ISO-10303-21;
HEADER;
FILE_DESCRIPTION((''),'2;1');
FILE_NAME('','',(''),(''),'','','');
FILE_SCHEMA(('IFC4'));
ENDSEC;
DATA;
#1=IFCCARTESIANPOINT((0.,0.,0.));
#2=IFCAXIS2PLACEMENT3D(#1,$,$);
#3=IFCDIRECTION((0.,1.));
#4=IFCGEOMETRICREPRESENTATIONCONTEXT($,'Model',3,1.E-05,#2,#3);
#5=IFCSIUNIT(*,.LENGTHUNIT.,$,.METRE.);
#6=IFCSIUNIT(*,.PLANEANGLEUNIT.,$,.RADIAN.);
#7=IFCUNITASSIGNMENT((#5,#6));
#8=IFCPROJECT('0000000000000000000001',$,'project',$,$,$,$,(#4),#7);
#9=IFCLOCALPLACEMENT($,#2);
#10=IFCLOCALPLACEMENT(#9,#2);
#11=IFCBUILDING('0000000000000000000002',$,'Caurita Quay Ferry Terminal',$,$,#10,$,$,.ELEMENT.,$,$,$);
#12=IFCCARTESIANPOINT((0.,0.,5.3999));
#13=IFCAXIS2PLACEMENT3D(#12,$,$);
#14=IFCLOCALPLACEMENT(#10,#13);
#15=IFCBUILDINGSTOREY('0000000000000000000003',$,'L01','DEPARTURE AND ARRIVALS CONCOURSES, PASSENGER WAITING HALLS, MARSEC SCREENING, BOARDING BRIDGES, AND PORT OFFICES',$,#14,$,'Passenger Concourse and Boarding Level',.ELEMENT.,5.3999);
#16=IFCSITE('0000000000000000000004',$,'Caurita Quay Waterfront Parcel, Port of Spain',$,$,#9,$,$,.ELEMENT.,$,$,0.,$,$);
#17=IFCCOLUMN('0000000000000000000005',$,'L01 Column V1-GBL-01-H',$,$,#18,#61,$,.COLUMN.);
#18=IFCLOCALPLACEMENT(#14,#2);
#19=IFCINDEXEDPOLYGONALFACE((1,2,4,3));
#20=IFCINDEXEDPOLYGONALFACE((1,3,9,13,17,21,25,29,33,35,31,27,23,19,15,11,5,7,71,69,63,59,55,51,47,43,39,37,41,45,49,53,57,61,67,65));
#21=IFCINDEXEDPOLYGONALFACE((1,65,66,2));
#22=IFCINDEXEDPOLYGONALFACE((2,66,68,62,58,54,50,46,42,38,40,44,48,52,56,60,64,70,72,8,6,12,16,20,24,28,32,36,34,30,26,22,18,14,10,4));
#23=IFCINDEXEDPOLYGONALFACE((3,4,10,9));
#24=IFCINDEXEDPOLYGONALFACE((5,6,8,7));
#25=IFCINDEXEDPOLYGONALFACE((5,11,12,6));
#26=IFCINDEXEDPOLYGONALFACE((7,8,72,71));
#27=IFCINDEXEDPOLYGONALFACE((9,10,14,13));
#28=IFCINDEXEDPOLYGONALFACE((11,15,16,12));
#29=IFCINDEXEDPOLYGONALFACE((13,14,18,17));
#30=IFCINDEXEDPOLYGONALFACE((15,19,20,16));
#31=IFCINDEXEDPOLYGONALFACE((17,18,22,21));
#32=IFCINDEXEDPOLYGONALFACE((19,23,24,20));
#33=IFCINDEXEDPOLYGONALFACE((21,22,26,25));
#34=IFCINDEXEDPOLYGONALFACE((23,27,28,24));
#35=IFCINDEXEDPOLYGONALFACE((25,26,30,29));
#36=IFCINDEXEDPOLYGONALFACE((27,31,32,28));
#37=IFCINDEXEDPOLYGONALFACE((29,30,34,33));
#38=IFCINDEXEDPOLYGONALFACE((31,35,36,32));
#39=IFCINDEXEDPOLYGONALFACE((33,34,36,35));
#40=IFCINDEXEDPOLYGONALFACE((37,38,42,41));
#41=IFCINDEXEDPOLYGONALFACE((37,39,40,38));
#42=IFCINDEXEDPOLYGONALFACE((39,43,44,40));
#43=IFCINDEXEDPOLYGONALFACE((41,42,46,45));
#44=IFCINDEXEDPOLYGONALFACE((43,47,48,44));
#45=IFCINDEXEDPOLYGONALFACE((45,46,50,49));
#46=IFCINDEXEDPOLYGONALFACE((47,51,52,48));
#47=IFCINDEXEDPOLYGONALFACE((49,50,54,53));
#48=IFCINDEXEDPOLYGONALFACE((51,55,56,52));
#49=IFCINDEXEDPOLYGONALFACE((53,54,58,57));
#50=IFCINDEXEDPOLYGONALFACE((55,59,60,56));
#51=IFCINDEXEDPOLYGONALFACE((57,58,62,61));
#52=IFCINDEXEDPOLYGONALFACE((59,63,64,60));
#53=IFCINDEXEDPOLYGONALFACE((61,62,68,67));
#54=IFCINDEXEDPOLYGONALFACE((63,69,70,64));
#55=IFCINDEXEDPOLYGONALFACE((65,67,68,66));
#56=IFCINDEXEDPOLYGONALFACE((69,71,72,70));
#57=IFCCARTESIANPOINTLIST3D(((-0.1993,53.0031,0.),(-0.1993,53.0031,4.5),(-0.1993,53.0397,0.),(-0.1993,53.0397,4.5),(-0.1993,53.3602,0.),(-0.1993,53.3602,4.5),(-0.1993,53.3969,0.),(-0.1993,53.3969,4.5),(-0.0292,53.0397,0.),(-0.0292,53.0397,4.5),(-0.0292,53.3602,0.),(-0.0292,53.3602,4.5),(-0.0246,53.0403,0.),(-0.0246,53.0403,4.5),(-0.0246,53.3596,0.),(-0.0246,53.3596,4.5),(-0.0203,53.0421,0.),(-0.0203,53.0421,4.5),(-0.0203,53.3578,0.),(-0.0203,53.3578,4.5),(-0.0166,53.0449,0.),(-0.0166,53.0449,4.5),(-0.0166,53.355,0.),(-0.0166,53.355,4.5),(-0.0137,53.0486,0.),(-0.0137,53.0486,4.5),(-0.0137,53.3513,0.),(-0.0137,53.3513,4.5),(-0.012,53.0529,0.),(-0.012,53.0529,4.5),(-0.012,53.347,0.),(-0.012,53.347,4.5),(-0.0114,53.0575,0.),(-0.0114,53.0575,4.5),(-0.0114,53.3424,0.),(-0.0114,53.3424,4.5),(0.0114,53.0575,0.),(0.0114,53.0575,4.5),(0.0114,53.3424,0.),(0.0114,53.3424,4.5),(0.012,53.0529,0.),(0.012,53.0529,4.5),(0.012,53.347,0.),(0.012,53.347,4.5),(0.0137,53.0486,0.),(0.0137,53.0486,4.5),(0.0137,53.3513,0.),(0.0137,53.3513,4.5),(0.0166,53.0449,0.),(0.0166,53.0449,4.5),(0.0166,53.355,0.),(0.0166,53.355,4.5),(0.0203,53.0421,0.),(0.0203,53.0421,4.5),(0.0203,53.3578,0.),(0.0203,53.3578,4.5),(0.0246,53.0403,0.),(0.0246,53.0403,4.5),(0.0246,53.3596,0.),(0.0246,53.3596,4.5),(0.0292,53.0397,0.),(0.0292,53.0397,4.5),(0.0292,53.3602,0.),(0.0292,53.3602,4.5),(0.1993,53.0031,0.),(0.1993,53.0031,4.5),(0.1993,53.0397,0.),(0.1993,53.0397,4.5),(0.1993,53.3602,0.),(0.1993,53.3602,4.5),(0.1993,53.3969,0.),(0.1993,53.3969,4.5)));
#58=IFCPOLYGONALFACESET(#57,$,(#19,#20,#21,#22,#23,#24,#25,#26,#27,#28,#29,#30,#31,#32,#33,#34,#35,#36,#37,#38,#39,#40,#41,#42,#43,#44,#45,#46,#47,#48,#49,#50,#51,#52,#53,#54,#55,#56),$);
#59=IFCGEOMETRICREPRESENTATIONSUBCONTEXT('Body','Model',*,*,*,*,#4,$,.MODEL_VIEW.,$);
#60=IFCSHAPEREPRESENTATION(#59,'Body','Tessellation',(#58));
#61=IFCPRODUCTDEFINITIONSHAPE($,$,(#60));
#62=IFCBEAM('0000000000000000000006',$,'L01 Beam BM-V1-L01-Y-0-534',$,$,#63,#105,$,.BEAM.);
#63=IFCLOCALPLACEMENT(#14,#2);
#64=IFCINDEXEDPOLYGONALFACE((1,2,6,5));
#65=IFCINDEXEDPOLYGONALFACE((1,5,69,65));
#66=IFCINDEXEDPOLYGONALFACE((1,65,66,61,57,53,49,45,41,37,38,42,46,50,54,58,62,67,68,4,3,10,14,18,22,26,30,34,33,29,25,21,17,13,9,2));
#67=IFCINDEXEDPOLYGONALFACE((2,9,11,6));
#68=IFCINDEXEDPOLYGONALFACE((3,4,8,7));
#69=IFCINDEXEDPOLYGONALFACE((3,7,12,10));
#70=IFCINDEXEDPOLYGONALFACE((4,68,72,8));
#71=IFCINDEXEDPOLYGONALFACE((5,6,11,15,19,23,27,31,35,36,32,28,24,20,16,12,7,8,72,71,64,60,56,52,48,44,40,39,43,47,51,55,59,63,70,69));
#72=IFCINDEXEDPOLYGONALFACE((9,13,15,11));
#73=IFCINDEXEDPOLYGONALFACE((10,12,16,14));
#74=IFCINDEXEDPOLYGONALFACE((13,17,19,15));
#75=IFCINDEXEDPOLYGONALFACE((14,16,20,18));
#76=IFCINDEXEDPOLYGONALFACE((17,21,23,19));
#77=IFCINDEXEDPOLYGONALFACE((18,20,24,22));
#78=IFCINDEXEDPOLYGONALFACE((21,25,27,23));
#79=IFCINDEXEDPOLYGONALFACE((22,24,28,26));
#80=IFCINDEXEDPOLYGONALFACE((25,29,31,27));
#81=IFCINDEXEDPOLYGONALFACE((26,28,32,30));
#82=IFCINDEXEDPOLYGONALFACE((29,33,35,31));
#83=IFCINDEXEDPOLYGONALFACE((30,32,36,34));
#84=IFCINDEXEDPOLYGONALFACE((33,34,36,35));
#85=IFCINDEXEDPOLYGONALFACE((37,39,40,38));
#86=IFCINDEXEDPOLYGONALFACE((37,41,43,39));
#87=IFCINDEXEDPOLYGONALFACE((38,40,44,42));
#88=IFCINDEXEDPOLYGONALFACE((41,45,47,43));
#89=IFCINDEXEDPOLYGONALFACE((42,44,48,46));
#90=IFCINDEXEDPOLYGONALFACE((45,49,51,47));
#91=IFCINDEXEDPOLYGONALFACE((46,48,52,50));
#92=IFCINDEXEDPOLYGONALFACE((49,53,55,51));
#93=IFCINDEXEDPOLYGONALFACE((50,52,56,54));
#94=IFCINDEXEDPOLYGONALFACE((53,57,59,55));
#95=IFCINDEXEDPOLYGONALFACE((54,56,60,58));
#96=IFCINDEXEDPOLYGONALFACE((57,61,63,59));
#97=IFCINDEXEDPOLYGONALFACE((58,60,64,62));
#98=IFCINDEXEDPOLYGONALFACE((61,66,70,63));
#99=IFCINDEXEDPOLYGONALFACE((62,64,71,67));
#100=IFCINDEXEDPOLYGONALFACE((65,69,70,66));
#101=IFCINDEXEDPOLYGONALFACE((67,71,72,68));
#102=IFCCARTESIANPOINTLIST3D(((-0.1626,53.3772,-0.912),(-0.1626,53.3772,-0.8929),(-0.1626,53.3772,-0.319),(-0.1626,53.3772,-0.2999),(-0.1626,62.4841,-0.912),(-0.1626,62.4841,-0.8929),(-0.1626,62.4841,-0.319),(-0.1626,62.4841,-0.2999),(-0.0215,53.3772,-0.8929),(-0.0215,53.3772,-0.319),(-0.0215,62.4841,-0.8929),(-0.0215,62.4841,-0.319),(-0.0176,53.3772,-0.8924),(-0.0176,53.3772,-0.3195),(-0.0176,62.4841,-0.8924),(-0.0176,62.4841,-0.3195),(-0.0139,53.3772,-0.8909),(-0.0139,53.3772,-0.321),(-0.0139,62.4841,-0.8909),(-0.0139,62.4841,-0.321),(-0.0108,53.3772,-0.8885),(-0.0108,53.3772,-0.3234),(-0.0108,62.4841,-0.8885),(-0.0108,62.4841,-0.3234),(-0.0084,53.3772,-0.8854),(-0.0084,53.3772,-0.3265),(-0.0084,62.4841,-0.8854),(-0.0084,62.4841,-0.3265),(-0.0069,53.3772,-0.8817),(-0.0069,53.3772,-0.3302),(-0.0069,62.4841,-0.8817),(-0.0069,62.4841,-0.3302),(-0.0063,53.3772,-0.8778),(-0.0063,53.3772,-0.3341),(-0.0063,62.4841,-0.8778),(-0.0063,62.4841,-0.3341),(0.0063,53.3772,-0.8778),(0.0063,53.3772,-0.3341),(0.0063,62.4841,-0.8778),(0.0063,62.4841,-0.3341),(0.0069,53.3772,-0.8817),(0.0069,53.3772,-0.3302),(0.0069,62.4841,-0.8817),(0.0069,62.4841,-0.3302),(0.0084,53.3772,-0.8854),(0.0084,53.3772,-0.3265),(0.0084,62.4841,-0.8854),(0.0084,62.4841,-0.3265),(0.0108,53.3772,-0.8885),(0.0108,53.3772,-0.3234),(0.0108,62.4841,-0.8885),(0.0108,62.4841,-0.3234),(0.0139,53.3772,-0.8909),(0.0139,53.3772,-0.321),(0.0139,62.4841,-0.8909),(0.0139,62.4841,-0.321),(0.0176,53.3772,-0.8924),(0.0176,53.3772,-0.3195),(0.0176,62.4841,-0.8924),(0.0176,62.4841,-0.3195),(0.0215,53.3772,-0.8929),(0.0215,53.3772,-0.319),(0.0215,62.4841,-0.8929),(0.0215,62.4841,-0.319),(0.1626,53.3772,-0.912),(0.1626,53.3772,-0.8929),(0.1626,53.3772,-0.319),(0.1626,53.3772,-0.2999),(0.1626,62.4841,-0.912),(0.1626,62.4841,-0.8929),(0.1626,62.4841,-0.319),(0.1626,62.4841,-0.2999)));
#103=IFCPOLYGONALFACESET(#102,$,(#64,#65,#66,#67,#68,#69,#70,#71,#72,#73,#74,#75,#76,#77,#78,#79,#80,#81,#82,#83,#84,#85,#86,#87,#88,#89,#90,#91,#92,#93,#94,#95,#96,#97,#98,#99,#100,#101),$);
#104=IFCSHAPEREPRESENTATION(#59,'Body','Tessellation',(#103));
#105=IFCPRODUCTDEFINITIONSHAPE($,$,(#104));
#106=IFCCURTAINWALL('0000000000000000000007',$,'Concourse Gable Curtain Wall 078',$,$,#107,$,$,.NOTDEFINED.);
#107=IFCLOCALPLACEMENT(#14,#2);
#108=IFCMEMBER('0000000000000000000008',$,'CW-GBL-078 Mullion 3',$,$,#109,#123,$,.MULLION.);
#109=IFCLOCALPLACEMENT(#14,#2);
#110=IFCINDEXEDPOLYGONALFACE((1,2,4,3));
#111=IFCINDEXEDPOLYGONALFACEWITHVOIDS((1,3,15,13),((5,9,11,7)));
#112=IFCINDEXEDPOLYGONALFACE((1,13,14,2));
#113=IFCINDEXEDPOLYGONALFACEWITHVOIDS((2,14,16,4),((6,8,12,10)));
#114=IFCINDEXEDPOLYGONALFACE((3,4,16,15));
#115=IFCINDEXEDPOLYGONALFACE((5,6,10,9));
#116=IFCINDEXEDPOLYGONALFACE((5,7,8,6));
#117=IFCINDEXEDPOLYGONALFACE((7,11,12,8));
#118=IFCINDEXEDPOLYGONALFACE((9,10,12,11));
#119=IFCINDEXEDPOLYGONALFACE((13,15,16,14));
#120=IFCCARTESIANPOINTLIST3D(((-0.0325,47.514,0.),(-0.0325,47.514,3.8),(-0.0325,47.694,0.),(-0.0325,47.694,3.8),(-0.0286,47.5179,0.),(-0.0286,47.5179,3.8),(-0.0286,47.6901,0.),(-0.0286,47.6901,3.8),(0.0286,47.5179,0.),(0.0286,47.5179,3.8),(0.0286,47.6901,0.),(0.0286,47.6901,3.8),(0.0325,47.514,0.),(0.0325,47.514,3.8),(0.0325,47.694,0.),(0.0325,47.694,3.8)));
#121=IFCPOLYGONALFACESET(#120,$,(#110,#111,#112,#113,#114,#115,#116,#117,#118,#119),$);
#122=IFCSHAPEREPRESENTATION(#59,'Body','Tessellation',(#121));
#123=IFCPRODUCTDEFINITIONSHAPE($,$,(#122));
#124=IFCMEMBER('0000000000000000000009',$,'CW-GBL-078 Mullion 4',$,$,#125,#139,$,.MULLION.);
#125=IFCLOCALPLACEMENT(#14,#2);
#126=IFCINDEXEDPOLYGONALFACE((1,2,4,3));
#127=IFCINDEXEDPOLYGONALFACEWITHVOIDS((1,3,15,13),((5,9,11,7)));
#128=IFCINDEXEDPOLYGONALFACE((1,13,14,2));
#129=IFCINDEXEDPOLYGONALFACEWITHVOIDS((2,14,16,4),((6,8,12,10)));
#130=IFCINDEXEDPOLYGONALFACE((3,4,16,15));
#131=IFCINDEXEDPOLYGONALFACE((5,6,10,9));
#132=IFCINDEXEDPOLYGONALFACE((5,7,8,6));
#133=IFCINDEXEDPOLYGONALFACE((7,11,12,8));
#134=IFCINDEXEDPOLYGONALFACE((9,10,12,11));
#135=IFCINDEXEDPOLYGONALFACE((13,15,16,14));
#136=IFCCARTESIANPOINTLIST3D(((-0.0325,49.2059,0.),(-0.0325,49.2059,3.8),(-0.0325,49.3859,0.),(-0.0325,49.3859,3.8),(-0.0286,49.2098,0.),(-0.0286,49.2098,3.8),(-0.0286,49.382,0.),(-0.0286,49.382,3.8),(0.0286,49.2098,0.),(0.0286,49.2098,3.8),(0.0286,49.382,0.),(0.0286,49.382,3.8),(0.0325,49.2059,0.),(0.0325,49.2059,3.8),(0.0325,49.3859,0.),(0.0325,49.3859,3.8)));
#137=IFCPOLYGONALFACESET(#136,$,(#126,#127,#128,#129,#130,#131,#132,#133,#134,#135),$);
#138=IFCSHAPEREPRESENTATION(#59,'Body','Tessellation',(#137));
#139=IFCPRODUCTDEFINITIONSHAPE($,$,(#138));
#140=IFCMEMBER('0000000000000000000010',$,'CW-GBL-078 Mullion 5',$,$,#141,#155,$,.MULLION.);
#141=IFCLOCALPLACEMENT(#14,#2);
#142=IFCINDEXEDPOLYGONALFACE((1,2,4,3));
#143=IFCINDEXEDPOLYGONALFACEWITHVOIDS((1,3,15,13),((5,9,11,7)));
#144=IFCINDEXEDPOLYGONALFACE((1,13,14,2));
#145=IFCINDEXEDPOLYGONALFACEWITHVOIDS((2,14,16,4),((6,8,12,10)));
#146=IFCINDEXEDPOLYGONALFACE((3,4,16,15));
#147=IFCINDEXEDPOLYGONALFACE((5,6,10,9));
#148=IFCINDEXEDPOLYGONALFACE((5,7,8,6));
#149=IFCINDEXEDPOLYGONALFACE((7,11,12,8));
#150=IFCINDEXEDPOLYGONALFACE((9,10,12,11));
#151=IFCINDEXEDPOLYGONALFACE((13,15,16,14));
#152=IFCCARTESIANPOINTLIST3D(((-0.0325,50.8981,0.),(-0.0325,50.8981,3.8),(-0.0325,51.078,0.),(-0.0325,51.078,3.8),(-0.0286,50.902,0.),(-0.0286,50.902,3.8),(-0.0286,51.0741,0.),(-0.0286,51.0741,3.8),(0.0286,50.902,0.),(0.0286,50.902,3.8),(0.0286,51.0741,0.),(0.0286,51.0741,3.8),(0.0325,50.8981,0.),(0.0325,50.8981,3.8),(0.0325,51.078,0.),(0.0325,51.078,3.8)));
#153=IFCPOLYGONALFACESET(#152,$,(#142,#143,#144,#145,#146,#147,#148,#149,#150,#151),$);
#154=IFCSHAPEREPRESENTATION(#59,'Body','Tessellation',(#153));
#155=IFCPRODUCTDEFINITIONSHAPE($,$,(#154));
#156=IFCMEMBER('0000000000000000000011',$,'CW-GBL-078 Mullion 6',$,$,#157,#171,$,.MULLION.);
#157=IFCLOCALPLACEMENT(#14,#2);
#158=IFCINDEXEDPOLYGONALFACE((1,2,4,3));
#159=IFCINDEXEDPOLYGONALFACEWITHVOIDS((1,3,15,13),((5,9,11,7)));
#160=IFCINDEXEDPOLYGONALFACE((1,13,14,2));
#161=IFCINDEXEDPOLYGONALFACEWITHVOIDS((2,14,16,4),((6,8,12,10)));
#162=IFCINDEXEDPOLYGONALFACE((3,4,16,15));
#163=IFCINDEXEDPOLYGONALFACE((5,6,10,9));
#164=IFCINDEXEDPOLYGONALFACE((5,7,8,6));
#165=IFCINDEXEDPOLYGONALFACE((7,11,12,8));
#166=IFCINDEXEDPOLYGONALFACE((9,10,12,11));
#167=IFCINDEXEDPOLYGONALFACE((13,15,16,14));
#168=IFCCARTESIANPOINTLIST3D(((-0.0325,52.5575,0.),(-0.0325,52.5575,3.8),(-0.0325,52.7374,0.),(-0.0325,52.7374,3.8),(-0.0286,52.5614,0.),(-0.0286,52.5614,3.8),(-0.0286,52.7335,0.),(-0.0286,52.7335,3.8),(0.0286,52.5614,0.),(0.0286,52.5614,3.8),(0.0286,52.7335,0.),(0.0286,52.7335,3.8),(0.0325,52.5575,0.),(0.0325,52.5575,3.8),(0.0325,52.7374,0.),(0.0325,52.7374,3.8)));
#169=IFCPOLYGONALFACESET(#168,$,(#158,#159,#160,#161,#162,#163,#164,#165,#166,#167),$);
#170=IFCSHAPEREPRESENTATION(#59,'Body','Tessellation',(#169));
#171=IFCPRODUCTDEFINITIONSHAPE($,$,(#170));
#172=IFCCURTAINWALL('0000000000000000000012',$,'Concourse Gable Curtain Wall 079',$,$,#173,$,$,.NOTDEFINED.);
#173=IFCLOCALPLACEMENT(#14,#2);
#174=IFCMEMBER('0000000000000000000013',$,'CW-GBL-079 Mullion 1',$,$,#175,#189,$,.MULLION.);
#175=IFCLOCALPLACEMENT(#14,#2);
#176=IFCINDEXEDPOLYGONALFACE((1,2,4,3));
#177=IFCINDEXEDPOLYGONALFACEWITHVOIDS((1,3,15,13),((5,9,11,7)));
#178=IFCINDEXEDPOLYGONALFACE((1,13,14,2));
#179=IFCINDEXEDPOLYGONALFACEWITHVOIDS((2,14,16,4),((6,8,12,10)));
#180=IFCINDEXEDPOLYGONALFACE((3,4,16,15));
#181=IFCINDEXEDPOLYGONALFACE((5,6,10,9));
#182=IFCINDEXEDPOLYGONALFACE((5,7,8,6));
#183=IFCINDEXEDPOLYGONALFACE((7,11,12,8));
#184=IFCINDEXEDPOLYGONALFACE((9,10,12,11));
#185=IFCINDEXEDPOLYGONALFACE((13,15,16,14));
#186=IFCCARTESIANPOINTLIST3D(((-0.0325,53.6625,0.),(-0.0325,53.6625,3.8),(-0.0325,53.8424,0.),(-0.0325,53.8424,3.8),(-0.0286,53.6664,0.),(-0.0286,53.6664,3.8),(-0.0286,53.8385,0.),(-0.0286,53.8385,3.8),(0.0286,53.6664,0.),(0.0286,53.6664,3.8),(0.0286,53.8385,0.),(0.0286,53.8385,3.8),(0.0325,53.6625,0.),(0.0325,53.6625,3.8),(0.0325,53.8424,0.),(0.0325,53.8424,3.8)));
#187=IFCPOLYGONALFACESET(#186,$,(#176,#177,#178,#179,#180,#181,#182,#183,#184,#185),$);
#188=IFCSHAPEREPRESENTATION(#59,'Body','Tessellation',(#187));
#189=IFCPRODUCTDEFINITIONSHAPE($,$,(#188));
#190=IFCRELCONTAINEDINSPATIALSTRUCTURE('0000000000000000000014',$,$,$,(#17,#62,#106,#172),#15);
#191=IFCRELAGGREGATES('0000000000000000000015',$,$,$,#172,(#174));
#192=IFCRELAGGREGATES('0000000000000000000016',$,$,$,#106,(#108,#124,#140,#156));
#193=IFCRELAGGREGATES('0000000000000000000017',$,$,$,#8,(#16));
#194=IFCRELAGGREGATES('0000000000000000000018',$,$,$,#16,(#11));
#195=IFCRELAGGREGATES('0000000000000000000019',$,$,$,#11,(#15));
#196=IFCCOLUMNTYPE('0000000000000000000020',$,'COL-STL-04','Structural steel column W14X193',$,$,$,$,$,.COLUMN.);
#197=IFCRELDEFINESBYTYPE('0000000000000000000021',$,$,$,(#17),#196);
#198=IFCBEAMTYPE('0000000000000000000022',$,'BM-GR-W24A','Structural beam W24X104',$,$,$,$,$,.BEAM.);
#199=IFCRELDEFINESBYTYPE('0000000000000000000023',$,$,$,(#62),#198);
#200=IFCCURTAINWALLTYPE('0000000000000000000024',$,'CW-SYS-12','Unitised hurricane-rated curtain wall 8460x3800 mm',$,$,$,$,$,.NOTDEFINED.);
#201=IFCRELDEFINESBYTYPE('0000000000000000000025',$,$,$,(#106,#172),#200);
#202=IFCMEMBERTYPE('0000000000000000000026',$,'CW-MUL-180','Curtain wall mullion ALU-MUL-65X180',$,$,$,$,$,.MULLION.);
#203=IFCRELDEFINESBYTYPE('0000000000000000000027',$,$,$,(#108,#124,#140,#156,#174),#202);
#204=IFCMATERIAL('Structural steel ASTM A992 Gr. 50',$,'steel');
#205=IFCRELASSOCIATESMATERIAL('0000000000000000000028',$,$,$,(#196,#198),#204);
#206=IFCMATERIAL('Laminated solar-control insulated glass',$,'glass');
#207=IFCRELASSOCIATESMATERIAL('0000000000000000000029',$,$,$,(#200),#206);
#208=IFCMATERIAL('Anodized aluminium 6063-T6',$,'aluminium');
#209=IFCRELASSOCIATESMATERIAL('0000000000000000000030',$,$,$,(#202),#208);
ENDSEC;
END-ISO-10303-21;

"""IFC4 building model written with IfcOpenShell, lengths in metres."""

from ifc_helpers import new_model, si_unit, direction, frame, origin, origin_2d, place, context, subcontext, project, spatial, hollow_rectangle, i_section, extrude, material, material_profile, profile_set, type_object, element, aggregate, save


model = new_model("IFC4")

# Units and contexts
model_context = context("Model", 3, precision=1e-05, world=origin(), true_north=direction((0.0, 1.0)))
body_context = subcontext(model_context, "Body", "Model", "MODEL_VIEW")
ifc_project = project(units=[si_unit("LENGTHUNIT", "METRE"), si_unit("PLANEANGLEUNIT", "RADIAN")], contexts=[model_context])

# Site, building, storey
site_placement = place(None, origin())
site = spatial("IfcSite", under=ifc_project, at=site_placement, Name="Caurita Quay Waterfront Parcel, Port of Spain", CompositionType="ELEMENT", RefElevation=0.0)
building_placement = place(site_placement, origin())
building = spatial("IfcBuilding", under=site, at=building_placement, Name="Caurita Quay Ferry Terminal", CompositionType="ELEMENT")
storey_placement = place(building_placement, frame((0.0, 0.0, 5.3999)))
storey = spatial("IfcBuildingStorey", under=building, at=storey_placement, Name="L01", Description="DEPARTURE AND ARRIVALS CONCOURSES, PASSENGER WAITING HALLS, MARSEC SCREENING, BOARDING BRIDGES, AND PORT OFFICES", LongName="Passenger Concourse and Boarding Level", CompositionType="ELEMENT", Elevation=5.3999)

# Column
ifc_material_1 = material(Name="Structural steel ASTM A992 Gr. 50", Category="steel")
ifc_material_profile_1 = material_profile(ifc_material_1, i_section(OverallWidth=0.3987, OverallDepth=0.3938, WebThickness=0.0227, FlangeThickness=0.0366, FilletRadius=0.0178, at=origin_2d()), Name="W14X193")
ifc_profile_set_1 = profile_set([ifc_material_profile_1], Name="Structural steel ASTM A992 Gr. 50")
column_type = type_object("IfcColumnType", Name="COL-STL-04", Description="Structural steel column W14X193", PredefinedType="COLUMN", material=ifc_profile_set_1)
column_placement = place(storey_placement, frame((0.0, 53.2, 0.0), z_axis=(0.0, 0.0, 1.0), x_axis=(1.0, 0.0, 0.0)))
element("IfcColumn", 1, at=column_placement, inside=storey, type_object=column_type, Name="L01 Column V1-GBL-01-H", PredefinedType="COLUMN", context=body_context, shape_type="SweptSolid", body=[
    extrude(i_section(OverallWidth=0.3987, OverallDepth=0.3938, WebThickness=0.0227, FlangeThickness=0.0366, FilletRadius=0.0178, at=origin_2d()), origin(), (0.0, 0.0, 1.0), 4.5),
])

# Beam
ifc_material_profile_2 = material_profile(ifc_material_1, i_section(OverallWidth=0.3252, OverallDepth=0.6121, WebThickness=0.0127, FlangeThickness=0.019, FilletRadius=0.0151, at=origin_2d()), Name="W24X104")
ifc_profile_set_2 = profile_set([ifc_material_profile_2], Name="Structural steel ASTM A992 Gr. 50")
beam_type = type_object("IfcBeamType", Name="BM-GR-W24A", Description="Structural beam W24X104", PredefinedType="BEAM", material=ifc_profile_set_2)
beam_placement = place(storey_placement, frame((0.0, 53.3772, -0.606), z_axis=(0.0, 1.0, 0.0), x_axis=(-1.0, 0.0, 0.0)))
element("IfcBeam", 2, at=beam_placement, inside=storey, type_object=beam_type, Name="L01 Beam BM-V1-L01-Y-0-534", PredefinedType="BEAM", context=body_context, shape_type="SweptSolid", body=[
    extrude(i_section(OverallWidth=0.3252, OverallDepth=0.6121, WebThickness=0.0127, FlangeThickness=0.019, FilletRadius=0.0151, at=origin_2d()), origin(), (0.0, 0.0, 1.0), 9.1069),
])

# Curtain wall, members
ifc_material_2 = material(Name="Laminated solar-control insulated glass", Category="glass")
curtain_wall_type = type_object("IfcCurtainWallType", Name="CW-SYS-12", Description="Unitised hurricane-rated curtain wall 8460x3800 mm", PredefinedType="NOTDEFINED", material=ifc_material_2)
curtain_wall_1_placement = place(storey_placement, origin())
curtain_wall_1 = element("IfcCurtainWall", 3, at=curtain_wall_1_placement, inside=storey, type_object=curtain_wall_type, Name="Concourse Gable Curtain Wall 078", PredefinedType="NOTDEFINED")
ifc_material_3 = material(Name="Anodized aluminium 6063-T6", Category="aluminium")
ifc_material_profile_3 = material_profile(ifc_material_3, hollow_rectangle(XDim=0.0649, YDim=0.1799, WallThickness=0.0039, at=origin_2d()), Name="ALU-MUL-65X180")
ifc_profile_set_3 = profile_set([ifc_material_profile_3], Name="Anodized aluminium 6063-T6")
member_type_1 = type_object("IfcMemberType", Name="CW-MUL-180", Description="Curtain wall mullion ALU-MUL-65X180", PredefinedType="MULLION", material=ifc_profile_set_3)
member_1_placement = place(storey_placement, frame((0.0, 47.604, 0.0), z_axis=(0.0, 0.0, 1.0), x_axis=(-1.0, 0.0, 0.0)))
member_1 = element("IfcMember", 4, at=member_1_placement, type_object=member_type_1, Name="CW-GBL-078 Mullion 3", PredefinedType="MULLION", context=body_context, shape_type="SweptSolid", body=[
    extrude(hollow_rectangle(XDim=0.0649, YDim=0.1799, WallThickness=0.0039, at=origin_2d()), origin(), (0.0, 0.0, 1.0), 3.8),
])
member_2_placement = place(storey_placement, frame((0.0, 49.2959, 0.0), z_axis=(0.0, 0.0, 1.0), x_axis=(-1.0, 0.0, 0.0)))
member_2 = element("IfcMember", 5, at=member_2_placement, type_object=member_type_1, Name="CW-GBL-078 Mullion 4", PredefinedType="MULLION", context=body_context, shape_type="SweptSolid", body=[
    extrude(hollow_rectangle(XDim=0.0649, YDim=0.1799, WallThickness=0.0039, at=origin_2d()), origin(), (0.0, 0.0, 1.0), 3.8),
])
member_3_placement = place(storey_placement, frame((0.0, 50.988, 0.0), z_axis=(0.0, 0.0, 1.0), x_axis=(-1.0, 0.0, 0.0)))
member_3 = element("IfcMember", 6, at=member_3_placement, type_object=member_type_1, Name="CW-GBL-078 Mullion 5", PredefinedType="MULLION", context=body_context, shape_type="SweptSolid", body=[
    extrude(hollow_rectangle(XDim=0.0649, YDim=0.1799, WallThickness=0.0039, at=origin_2d()), origin(), (0.0, 0.0, 1.0), 3.8),
])
member_4_placement = place(storey_placement, frame((0.0, 52.6475, 0.0), z_axis=(0.0, 0.0, 1.0), x_axis=(-1.0, 0.0, 0.0)))
member_4 = element("IfcMember", 7, at=member_4_placement, type_object=member_type_1, Name="CW-GBL-078 Mullion 6", PredefinedType="MULLION", context=body_context, shape_type="SweptSolid", body=[
    extrude(hollow_rectangle(XDim=0.0649, YDim=0.1799, WallThickness=0.0039, at=origin_2d()), origin(), (0.0, 0.0, 1.0), 3.8),
])

# Curtain wall, member
curtain_wall_2_placement = place(storey_placement, origin())
curtain_wall_2 = element("IfcCurtainWall", 8, at=curtain_wall_2_placement, inside=storey, type_object=curtain_wall_type, Name="Concourse Gable Curtain Wall 079", PredefinedType="NOTDEFINED")
member_5_placement = place(storey_placement, frame((0.0, 53.7524, 0.0), z_axis=(0.0, 0.0, 1.0), x_axis=(-1.0, 0.0, 0.0)))
member_5 = element("IfcMember", 9, at=member_5_placement, type_object=member_type_1, Name="CW-GBL-079 Mullion 1", PredefinedType="MULLION", context=body_context, shape_type="SweptSolid", body=[
    extrude(hollow_rectangle(XDim=0.0649, YDim=0.1799, WallThickness=0.0039, at=origin_2d()), origin(), (0.0, 0.0, 1.0), 3.8),
])

aggregate(curtain_wall_2, [member_5])

aggregate(curtain_wall_1, [member_1, member_2, member_3, member_4])

save(model, "model.ifc")
